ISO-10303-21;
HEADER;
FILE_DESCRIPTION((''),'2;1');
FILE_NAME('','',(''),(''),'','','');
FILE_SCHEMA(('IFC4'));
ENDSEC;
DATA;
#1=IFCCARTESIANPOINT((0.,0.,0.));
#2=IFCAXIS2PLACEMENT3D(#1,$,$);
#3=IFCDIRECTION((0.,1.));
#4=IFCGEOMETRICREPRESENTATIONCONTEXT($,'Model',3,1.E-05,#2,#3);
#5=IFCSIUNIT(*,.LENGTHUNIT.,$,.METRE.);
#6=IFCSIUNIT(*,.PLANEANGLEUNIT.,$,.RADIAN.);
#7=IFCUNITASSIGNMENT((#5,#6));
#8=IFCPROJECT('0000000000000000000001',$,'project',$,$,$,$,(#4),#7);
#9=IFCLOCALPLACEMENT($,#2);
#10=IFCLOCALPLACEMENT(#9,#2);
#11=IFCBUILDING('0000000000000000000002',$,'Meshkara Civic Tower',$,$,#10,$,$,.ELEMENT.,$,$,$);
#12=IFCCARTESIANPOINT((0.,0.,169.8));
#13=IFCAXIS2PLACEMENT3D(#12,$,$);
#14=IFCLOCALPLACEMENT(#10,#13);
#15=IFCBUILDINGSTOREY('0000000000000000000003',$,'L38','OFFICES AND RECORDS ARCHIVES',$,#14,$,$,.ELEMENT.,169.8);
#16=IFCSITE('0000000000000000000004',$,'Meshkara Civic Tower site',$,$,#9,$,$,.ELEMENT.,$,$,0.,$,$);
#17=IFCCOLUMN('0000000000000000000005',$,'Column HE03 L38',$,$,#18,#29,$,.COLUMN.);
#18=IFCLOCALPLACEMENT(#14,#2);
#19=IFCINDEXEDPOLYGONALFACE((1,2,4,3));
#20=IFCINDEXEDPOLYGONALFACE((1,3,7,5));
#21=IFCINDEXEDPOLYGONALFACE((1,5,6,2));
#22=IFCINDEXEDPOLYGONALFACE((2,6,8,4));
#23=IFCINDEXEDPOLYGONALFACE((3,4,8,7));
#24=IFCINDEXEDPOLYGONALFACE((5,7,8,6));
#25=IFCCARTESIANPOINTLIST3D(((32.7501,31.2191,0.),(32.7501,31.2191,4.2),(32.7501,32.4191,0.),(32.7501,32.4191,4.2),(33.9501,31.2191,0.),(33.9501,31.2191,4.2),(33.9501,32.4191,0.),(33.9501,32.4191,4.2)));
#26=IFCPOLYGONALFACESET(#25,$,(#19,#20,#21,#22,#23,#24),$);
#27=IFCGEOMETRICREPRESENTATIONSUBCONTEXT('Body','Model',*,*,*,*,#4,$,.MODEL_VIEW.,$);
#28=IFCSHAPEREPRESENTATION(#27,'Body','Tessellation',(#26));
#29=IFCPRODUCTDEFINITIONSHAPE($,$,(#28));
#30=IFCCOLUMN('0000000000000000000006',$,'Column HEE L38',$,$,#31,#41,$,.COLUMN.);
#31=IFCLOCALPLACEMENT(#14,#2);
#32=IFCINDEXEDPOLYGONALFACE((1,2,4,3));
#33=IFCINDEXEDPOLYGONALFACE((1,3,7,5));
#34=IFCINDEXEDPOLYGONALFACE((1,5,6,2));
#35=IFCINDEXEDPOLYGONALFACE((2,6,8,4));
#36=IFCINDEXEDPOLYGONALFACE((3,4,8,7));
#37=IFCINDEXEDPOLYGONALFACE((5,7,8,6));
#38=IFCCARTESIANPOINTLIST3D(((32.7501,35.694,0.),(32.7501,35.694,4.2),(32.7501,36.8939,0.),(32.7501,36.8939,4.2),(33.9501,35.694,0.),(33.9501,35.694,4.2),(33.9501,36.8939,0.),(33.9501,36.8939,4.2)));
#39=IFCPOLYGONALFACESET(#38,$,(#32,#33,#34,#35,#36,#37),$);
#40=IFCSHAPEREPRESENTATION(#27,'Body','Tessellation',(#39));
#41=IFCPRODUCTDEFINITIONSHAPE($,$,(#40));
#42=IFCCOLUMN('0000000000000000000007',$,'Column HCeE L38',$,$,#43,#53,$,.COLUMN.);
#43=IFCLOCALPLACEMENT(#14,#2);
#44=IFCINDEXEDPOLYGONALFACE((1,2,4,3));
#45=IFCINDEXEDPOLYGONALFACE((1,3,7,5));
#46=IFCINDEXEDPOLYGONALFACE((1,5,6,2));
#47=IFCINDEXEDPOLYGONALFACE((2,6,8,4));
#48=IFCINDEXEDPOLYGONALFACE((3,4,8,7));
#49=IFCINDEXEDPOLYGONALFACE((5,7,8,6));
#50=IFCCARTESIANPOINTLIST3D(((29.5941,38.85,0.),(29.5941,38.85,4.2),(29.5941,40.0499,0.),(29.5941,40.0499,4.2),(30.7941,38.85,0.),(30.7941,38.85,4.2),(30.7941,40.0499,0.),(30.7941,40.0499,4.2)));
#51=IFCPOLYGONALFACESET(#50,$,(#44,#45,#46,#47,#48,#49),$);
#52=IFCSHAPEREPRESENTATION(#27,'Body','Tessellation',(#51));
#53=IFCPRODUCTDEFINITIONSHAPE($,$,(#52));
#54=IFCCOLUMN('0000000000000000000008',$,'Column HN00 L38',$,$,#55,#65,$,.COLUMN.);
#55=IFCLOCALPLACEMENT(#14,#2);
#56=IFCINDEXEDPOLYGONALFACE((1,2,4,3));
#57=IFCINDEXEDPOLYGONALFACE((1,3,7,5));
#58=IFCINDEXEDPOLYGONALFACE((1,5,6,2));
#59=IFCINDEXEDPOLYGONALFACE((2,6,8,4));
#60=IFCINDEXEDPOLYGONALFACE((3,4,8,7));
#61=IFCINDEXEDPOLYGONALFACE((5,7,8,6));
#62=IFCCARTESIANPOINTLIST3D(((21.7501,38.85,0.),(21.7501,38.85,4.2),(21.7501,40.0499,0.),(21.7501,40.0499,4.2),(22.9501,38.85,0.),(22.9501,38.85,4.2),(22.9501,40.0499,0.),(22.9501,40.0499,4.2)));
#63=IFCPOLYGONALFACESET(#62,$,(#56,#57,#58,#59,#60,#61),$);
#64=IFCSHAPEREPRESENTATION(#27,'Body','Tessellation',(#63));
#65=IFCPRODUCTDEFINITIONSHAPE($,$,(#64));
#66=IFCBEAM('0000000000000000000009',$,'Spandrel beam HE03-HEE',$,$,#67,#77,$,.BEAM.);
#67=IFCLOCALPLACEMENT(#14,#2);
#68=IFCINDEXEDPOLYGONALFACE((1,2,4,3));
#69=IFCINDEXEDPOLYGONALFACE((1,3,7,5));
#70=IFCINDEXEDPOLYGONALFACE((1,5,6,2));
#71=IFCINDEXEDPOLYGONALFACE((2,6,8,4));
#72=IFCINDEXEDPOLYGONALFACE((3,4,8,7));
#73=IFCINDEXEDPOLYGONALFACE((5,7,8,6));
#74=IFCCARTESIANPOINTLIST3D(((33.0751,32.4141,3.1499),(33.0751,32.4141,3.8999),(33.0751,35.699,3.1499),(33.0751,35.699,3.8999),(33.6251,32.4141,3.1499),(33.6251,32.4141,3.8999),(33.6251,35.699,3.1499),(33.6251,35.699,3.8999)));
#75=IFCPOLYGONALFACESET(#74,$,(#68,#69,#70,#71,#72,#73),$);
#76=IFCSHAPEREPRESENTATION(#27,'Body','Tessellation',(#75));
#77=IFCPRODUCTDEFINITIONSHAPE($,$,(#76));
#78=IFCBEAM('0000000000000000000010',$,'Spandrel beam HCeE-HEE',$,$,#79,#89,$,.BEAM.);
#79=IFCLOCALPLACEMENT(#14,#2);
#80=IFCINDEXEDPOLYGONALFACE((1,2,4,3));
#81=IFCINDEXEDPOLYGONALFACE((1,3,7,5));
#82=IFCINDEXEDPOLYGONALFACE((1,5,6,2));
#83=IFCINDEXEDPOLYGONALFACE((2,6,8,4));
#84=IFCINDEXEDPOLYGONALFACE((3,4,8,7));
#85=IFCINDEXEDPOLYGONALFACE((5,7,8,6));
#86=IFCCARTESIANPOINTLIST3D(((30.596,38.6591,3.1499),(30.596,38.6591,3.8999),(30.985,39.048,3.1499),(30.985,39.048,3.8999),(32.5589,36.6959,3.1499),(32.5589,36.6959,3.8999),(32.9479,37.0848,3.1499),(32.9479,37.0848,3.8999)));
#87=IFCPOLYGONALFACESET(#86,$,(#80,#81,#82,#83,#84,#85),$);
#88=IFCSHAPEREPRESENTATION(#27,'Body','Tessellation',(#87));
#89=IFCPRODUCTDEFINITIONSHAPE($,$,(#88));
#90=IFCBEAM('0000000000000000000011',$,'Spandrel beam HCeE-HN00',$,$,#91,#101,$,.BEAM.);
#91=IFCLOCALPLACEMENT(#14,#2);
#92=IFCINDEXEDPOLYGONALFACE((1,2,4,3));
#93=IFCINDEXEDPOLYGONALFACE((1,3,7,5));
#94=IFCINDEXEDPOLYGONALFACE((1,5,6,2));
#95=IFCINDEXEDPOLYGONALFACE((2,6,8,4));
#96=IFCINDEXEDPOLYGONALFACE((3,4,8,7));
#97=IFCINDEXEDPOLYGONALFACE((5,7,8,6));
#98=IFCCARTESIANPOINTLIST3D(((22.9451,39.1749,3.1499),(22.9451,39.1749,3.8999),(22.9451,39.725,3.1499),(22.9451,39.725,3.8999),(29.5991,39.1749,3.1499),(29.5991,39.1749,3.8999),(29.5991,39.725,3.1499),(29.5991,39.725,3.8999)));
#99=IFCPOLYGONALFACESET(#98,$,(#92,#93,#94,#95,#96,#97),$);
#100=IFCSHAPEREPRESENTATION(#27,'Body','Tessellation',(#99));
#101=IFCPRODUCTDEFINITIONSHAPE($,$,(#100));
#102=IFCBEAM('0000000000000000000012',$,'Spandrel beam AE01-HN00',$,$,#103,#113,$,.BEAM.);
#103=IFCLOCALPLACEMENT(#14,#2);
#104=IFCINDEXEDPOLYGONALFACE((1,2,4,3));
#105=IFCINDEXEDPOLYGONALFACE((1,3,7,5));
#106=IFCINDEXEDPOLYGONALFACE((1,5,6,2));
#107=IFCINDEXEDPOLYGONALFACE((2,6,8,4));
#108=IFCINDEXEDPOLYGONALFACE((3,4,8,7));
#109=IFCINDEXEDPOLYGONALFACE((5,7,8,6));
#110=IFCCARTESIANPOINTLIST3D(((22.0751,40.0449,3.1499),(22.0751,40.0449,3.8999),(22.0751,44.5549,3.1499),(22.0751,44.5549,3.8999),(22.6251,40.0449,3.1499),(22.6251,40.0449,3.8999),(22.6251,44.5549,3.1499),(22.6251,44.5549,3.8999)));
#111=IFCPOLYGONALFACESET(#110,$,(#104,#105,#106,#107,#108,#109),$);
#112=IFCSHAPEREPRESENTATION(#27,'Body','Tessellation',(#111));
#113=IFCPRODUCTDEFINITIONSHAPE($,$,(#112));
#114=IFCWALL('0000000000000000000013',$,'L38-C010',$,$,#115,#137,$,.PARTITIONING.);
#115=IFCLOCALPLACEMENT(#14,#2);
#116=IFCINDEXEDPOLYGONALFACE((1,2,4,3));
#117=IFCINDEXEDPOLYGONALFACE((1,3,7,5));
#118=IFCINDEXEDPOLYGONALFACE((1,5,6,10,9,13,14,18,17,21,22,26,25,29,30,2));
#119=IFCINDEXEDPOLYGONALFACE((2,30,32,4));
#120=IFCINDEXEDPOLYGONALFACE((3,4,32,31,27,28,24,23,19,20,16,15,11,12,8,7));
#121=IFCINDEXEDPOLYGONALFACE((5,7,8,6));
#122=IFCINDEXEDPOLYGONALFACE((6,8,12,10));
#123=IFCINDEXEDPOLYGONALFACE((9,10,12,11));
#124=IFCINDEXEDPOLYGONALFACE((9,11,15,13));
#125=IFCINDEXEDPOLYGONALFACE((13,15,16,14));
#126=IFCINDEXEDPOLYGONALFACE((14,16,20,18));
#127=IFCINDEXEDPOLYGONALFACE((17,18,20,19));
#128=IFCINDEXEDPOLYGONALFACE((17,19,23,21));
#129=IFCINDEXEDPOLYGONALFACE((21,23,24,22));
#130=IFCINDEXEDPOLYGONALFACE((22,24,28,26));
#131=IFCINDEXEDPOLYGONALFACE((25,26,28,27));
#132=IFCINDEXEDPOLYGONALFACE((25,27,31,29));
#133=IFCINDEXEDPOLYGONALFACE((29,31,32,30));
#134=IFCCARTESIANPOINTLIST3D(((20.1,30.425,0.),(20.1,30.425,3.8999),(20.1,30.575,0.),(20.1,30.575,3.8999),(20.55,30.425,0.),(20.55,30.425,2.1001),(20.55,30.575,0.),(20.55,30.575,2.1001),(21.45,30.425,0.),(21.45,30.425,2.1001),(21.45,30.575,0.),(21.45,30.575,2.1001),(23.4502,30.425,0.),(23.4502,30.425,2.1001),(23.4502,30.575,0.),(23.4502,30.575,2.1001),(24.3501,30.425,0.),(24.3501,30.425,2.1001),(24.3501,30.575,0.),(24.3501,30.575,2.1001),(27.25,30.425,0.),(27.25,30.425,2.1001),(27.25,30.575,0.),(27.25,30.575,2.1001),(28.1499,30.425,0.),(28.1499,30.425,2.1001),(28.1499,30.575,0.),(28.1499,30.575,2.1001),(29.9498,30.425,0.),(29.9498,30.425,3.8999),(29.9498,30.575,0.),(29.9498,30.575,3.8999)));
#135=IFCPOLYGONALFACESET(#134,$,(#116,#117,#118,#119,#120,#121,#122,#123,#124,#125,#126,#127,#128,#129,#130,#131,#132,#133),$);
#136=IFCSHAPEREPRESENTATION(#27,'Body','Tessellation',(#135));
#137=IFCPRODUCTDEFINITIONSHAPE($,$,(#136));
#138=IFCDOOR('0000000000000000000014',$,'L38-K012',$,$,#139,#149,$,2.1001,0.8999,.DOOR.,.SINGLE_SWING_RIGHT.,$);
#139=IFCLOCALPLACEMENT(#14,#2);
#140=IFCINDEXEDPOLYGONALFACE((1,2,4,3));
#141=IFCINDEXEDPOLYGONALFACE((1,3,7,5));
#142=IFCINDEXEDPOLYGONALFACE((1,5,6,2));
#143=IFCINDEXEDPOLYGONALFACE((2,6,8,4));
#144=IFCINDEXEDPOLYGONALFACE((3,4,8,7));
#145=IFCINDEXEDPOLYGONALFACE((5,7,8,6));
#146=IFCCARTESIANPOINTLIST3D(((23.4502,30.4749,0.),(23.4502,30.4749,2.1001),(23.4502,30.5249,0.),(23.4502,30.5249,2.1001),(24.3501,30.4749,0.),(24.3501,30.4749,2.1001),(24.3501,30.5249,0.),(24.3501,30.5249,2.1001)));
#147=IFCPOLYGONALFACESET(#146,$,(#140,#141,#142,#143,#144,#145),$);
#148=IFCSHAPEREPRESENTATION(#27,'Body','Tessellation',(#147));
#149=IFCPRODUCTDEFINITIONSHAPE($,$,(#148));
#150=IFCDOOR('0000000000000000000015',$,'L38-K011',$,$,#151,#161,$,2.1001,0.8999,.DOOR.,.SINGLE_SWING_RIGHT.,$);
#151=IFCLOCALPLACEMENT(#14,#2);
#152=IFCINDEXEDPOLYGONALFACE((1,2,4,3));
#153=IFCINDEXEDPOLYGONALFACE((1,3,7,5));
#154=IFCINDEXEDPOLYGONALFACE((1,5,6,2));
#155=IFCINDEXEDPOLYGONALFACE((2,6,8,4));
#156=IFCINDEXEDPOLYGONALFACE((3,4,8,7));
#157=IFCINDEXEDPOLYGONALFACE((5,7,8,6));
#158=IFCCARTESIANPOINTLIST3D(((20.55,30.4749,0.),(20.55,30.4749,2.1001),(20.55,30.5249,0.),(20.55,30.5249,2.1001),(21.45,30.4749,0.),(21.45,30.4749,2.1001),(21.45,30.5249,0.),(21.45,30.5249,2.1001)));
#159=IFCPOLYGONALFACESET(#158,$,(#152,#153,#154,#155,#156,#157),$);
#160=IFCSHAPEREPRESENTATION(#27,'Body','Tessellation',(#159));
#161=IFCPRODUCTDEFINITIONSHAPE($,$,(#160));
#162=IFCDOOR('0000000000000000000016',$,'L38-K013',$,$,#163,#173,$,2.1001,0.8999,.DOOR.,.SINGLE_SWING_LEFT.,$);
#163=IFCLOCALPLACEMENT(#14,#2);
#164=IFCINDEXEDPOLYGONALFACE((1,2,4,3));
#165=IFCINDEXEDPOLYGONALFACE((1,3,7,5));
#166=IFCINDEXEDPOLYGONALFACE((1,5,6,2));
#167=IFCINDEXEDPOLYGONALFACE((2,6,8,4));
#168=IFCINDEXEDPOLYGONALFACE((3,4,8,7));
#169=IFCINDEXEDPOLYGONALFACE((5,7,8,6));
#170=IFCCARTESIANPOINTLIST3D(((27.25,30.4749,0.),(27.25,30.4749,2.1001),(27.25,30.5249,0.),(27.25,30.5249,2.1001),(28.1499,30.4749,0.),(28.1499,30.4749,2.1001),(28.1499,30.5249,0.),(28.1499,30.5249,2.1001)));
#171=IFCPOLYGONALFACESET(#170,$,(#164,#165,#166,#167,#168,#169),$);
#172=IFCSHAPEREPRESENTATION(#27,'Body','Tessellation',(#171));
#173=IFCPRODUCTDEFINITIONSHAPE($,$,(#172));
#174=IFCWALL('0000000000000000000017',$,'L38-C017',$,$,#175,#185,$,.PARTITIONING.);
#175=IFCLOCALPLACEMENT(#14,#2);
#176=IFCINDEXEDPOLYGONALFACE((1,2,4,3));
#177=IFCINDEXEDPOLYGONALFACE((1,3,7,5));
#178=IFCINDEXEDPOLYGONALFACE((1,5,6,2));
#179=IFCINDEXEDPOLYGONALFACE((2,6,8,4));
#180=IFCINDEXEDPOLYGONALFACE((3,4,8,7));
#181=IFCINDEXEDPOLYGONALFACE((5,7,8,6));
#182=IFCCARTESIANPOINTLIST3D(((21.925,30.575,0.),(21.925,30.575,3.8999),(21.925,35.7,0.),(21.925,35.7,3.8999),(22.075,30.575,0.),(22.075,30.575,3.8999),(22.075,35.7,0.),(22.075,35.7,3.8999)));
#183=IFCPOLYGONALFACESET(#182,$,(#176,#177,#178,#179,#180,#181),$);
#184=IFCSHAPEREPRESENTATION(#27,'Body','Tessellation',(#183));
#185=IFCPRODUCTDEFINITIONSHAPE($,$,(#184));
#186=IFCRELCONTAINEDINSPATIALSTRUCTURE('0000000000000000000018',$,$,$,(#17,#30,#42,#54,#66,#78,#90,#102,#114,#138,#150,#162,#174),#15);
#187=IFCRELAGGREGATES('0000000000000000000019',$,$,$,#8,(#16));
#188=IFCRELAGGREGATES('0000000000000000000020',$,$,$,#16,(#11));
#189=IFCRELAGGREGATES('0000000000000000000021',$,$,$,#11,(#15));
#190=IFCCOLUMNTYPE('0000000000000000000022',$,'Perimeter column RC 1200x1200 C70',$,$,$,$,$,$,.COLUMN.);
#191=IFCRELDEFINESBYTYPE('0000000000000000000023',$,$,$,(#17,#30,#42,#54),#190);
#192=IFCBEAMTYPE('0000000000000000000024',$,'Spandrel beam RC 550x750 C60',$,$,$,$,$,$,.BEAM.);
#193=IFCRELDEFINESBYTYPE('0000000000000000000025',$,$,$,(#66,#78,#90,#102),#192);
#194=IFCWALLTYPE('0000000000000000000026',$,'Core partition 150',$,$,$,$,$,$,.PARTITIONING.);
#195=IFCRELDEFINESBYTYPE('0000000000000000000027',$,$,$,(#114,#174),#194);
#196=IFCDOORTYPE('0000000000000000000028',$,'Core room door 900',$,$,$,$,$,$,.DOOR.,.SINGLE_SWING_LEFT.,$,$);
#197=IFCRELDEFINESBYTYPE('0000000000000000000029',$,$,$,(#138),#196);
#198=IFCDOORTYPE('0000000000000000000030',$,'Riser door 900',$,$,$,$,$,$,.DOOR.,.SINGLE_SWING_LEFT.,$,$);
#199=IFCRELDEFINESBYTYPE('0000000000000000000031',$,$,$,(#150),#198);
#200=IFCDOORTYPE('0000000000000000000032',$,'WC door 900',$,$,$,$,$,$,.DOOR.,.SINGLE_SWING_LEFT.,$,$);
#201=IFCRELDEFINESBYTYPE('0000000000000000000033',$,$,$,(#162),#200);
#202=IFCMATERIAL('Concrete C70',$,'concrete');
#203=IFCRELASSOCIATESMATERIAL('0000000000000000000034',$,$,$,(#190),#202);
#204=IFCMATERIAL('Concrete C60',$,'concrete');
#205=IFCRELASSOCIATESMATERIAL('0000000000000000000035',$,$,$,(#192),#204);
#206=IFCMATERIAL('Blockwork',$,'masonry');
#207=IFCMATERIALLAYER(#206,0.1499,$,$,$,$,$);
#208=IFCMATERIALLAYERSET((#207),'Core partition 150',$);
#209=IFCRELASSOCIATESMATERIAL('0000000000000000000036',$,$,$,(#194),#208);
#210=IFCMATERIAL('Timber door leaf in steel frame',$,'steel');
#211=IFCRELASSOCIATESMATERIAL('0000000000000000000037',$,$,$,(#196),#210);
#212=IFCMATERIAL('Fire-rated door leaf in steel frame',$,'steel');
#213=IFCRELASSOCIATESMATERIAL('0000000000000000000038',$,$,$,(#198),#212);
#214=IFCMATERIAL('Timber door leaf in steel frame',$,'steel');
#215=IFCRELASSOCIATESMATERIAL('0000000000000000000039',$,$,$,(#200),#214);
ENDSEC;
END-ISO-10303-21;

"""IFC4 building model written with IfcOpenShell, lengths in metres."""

from ifc_helpers import new_model, si_unit, direction, frame, frame_2d, origin, origin_2d, place, context, subcontext, project, spatial, rectangle, extrude, material, layer, layer_set, material_profile, profile_set, type_object, element, fill, save


model = new_model("IFC4")

# Units and contexts
model_context = context("Model", 3, precision=1e-05, world=origin(), true_north=direction((0.0, 1.0)))
body_context = subcontext(model_context, "Body", "Model", "MODEL_VIEW")
ifc_project = project(units=[si_unit("LENGTHUNIT", "METRE"), si_unit("PLANEANGLEUNIT", "RADIAN")], contexts=[model_context])

# Site, building, storey
site_placement = place(None, origin())
site = spatial("IfcSite", under=ifc_project, at=site_placement, Name="Meshkara Civic Tower site", CompositionType="ELEMENT", RefElevation=0.0)
building_placement = place(site_placement, origin())
building = spatial("IfcBuilding", under=site, at=building_placement, Name="Meshkara Civic Tower", CompositionType="ELEMENT")
storey_placement = place(building_placement, frame((0.0, 0.0, 169.8)))
storey = spatial("IfcBuildingStorey", under=building, at=storey_placement, Name="L38", Description="OFFICES AND RECORDS ARCHIVES", CompositionType="ELEMENT", Elevation=169.8)

# Columns
ifc_material_1 = material(Name="Concrete C70", Category="concrete")
ifc_material_profile_1 = material_profile(ifc_material_1, rectangle(XDim=1.2, YDim=1.2, at=origin_2d()))
ifc_profile_set_1 = profile_set([ifc_material_profile_1], Name="Concrete C70")
column_type = type_object("IfcColumnType", Name="Perimeter column RC 1200x1200 C70", PredefinedType="COLUMN", material=ifc_profile_set_1)
for number, where, z_axis, x_axis, name in (
    (1, (33.3501, 31.8191, 0.0), (0.0, 0.0, 1.0), (1.0, 0.0, 0.0), "Column HE03 L38"),
    (2, (33.3501, 36.2939, 0.0), (0.0, 0.0, 1.0), (1.0, 0.0, 0.0), "Column HEE L38"),
    (3, (30.1941, 39.45, 0.0), (0.0, 0.0, 1.0), (1.0, 0.0, 0.0), "Column HCeE L38"),
    (4, (22.3501, 39.45, 0.0), (0.0, 0.0, 1.0), (1.0, 0.0, 0.0), "Column HN00 L38"),
):
    element("IfcColumn", number, at=place(storey_placement, frame(where, z_axis=z_axis, x_axis=x_axis)), inside=storey, type_object=column_type, Name=name, PredefinedType="COLUMN", context=body_context, shape_type="SweptSolid", body=[
        extrude(rectangle(XDim=1.2, YDim=1.2, at=origin_2d()), origin(), (0.0, 0.0, 1.0), 4.2),
    ])

# Beams
ifc_material_2 = material(Name="Concrete C60", Category="concrete")
ifc_material_profile_2 = material_profile(ifc_material_2, rectangle(XDim=0.55, YDim=0.75, at=origin_2d()))
ifc_profile_set_2 = profile_set([ifc_material_profile_2], Name="Concrete C60")
beam_type = type_object("IfcBeamType", Name="Spandrel beam RC 550x750 C60", PredefinedType="BEAM", material=ifc_profile_set_2)
beam_1_placement = place(storey_placement, frame((33.3501, 32.4141, 3.5249), z_axis=(0.0, 1.0, 0.0), x_axis=(-1.0, 0.0, 0.0)))
element("IfcBeam", 5, at=beam_1_placement, inside=storey, type_object=beam_type, Name="Spandrel beam HE03-HEE", PredefinedType="BEAM", context=body_context, shape_type="SweptSolid", body=[
    extrude(rectangle(XDim=0.55, YDim=0.75, at=origin_2d()), origin(), (0.0, 0.0, 1.0), 3.2849),
])
beam_2_placement = place(storey_placement, frame((32.7534, 36.8904, 3.5249), z_axis=(-0.707063, 0.707151, 0.0), x_axis=(-0.707151, -0.707063, 0.0)))
element("IfcBeam", 6, at=beam_2_placement, inside=storey, type_object=beam_type, Name="Spandrel beam HCeE-HEE", PredefinedType="BEAM", context=body_context, shape_type="SweptSolid", body=[
    extrude(rectangle(XDim=0.55, YDim=0.75, at=origin_2d()), origin(), (0.0, 0.0, 1.0), 2.7761),
])
beam_3_placement = place(storey_placement, frame((29.5991, 39.45, 3.5249), z_axis=(-1.0, 0.0, 0.0), x_axis=(0.0, -1.0, 0.0)))
element("IfcBeam", 7, at=beam_3_placement, inside=storey, type_object=beam_type, Name="Spandrel beam HCeE-HN00", PredefinedType="BEAM", context=body_context, shape_type="SweptSolid", body=[
    extrude(rectangle(XDim=0.55, YDim=0.75, at=origin_2d()), origin(), (0.0, 0.0, 1.0), 6.6541),
])
beam_4_placement = place(storey_placement, frame((22.3501, 40.0449, 3.5249), z_axis=(0.0, 1.0, 0.0), x_axis=(-1.0, 0.0, 0.0)))
element("IfcBeam", 8, at=beam_4_placement, inside=storey, type_object=beam_type, Name="Spandrel beam AE01-HN00", PredefinedType="BEAM", context=body_context, shape_type="SweptSolid", body=[
    extrude(rectangle(XDim=0.55, YDim=0.75, at=origin_2d()), origin(), (0.0, 0.0, 1.0), 4.51),
])

# Wall, openings, doors
ifc_material_3 = material(Name="Blockwork", Category="masonry")
ifc_layer_1 = layer(ifc_material_3, 0.1499)
ifc_layer_set_1 = layer_set([ifc_layer_1], Name="Core partition 150")
wall_type_1 = type_object("IfcWallType", Name="Core partition 150", PredefinedType="PARTITIONING", material=ifc_layer_set_1)
wall_1_placement = place(storey_placement, frame((20.1001, 30.5, 0.0), z_axis=(0.0, 0.0, 1.0), x_axis=(1.0, 0.0, 0.0)))
wall_1 = element("IfcWall", 9, at=wall_1_placement, inside=storey, type_object=wall_type_1, Name="L38-C010", PredefinedType="PARTITIONING", context=body_context, shape_type="SweptSolid", body=[
    extrude(rectangle(XDim=9.8499, YDim=0.1499, at=frame_2d((4.9248, 0.0))), origin(), (0.0, 0.0, 1.0), 3.8999),
])
opening_1_placement = place(wall_1_placement, frame((0.45, 0.0, 0.0)))
opening_1 = element("IfcOpeningElement", 10, at=opening_1_placement, cuts=wall_1, PredefinedType="OPENING", context=body_context, shape_type="SweptSolid", body=[
    extrude(rectangle(XDim=0.8999, YDim=2.1001, at=frame_2d((0.45, 1.05))), frame((0.0, 0.085, 0.0), z_axis=(0.0, -1.0, 0.0), x_axis=(1.0, 0.0, 0.0)), (0.0, 0.0, 1.0), 0.1699),
])
opening_2_placement = place(wall_1_placement, frame((3.3501, 0.0, 0.0)))
opening_2 = element("IfcOpeningElement", 11, at=opening_2_placement, cuts=wall_1, PredefinedType="OPENING", context=body_context, shape_type="SweptSolid", body=[
    extrude(rectangle(XDim=0.8999, YDim=2.1001, at=frame_2d((0.45, 1.05))), frame((0.0, 0.085, 0.0), z_axis=(0.0, -1.0, 0.0), x_axis=(1.0, 0.0, 0.0)), (0.0, 0.0, 1.0), 0.1699),
])
opening_3_placement = place(wall_1_placement, frame((7.1499, 0.0, 0.0)))
opening_3 = element("IfcOpeningElement", 12, at=opening_3_placement, cuts=wall_1, PredefinedType="OPENING", context=body_context, shape_type="SweptSolid", body=[
    extrude(rectangle(XDim=0.8999, YDim=2.1001, at=frame_2d((0.45, 1.05))), frame((0.0, 0.085, 0.0), z_axis=(0.0, -1.0, 0.0), x_axis=(1.0, 0.0, 0.0)), (0.0, 0.0, 1.0), 0.1699),
])
ifc_material_4 = material(Name="Timber door leaf in steel frame", Category="steel")
door_type_1 = type_object("IfcDoorType", Name="Core room door 900", OperationType="SINGLE_SWING_LEFT", PredefinedType="DOOR", material=ifc_material_4)
door_1_placement = place(opening_2_placement, origin())
door_1 = element("IfcDoor", 13, at=door_1_placement, inside=storey, type_object=door_type_1, Name="L38-K012", OperationType="SINGLE_SWING_RIGHT", OverallHeight=2.1001, OverallWidth=0.8999, PredefinedType="DOOR", context=body_context, shape_type="SweptSolid", body=[
    extrude(rectangle(XDim=0.8999, YDim=2.1001, at=frame_2d((0.45, 1.05))), frame((0.0, 0.0249, 0.0), z_axis=(0.0, -1.0, 0.0), x_axis=(1.0, 0.0, 0.0)), (0.0, 0.0, 1.0), 0.05),
])
fill(opening_2, door_1)
ifc_material_5 = material(Name="Fire-rated door leaf in steel frame", Category="steel")
door_type_2 = type_object("IfcDoorType", Name="Riser door 900", OperationType="SINGLE_SWING_LEFT", PredefinedType="DOOR", material=ifc_material_5)
door_2_placement = place(opening_1_placement, origin())
door_2 = element("IfcDoor", 14, at=door_2_placement, inside=storey, type_object=door_type_2, Name="L38-K011", OperationType="SINGLE_SWING_RIGHT", OverallHeight=2.1001, OverallWidth=0.8999, PredefinedType="DOOR", context=body_context, shape_type="SweptSolid", body=[
    extrude(rectangle(XDim=0.8999, YDim=2.1001, at=frame_2d((0.45, 1.05))), frame((0.0, 0.0249, 0.0), z_axis=(0.0, -1.0, 0.0), x_axis=(1.0, 0.0, 0.0)), (0.0, 0.0, 1.0), 0.05),
])
fill(opening_1, door_2)
ifc_material_6 = material(Name="Timber door leaf in steel frame", Category="steel")
door_type_3 = type_object("IfcDoorType", Name="WC door 900", OperationType="SINGLE_SWING_LEFT", PredefinedType="DOOR", material=ifc_material_6)
door_3_placement = place(opening_3_placement, origin())
door_3 = element("IfcDoor", 15, at=door_3_placement, inside=storey, type_object=door_type_3, Name="L38-K013", OperationType="SINGLE_SWING_LEFT", OverallHeight=2.1001, OverallWidth=0.8999, PredefinedType="DOOR", context=body_context, shape_type="SweptSolid", body=[
    extrude(rectangle(XDim=0.8999, YDim=2.1001, at=frame_2d((0.45, 1.05))), frame((0.0, 0.0249, 0.0), z_axis=(0.0, -1.0, 0.0), x_axis=(1.0, 0.0, 0.0)), (0.0, 0.0, 1.0), 0.05),
])
fill(opening_3, door_3)

# Wall
for number, where, z_axis, x_axis, name in (
    (16, (22.0, 30.575, 0.0), (0.0, 0.0, 1.0), (0.0, 1.0, 0.0), "L38-C017"),
):
    element("IfcWall", number, at=place(storey_placement, frame(where, z_axis=z_axis, x_axis=x_axis)), inside=storey, type_object=wall_type_1, Name=name, PredefinedType="PARTITIONING", context=body_context, shape_type="SweptSolid", body=[
        extrude(rectangle(XDim=5.125, YDim=0.1499, at=frame_2d((2.5625, 0.0))), origin(), (0.0, 0.0, 1.0), 3.8999),
    ])

save(model, "model.ifc")
